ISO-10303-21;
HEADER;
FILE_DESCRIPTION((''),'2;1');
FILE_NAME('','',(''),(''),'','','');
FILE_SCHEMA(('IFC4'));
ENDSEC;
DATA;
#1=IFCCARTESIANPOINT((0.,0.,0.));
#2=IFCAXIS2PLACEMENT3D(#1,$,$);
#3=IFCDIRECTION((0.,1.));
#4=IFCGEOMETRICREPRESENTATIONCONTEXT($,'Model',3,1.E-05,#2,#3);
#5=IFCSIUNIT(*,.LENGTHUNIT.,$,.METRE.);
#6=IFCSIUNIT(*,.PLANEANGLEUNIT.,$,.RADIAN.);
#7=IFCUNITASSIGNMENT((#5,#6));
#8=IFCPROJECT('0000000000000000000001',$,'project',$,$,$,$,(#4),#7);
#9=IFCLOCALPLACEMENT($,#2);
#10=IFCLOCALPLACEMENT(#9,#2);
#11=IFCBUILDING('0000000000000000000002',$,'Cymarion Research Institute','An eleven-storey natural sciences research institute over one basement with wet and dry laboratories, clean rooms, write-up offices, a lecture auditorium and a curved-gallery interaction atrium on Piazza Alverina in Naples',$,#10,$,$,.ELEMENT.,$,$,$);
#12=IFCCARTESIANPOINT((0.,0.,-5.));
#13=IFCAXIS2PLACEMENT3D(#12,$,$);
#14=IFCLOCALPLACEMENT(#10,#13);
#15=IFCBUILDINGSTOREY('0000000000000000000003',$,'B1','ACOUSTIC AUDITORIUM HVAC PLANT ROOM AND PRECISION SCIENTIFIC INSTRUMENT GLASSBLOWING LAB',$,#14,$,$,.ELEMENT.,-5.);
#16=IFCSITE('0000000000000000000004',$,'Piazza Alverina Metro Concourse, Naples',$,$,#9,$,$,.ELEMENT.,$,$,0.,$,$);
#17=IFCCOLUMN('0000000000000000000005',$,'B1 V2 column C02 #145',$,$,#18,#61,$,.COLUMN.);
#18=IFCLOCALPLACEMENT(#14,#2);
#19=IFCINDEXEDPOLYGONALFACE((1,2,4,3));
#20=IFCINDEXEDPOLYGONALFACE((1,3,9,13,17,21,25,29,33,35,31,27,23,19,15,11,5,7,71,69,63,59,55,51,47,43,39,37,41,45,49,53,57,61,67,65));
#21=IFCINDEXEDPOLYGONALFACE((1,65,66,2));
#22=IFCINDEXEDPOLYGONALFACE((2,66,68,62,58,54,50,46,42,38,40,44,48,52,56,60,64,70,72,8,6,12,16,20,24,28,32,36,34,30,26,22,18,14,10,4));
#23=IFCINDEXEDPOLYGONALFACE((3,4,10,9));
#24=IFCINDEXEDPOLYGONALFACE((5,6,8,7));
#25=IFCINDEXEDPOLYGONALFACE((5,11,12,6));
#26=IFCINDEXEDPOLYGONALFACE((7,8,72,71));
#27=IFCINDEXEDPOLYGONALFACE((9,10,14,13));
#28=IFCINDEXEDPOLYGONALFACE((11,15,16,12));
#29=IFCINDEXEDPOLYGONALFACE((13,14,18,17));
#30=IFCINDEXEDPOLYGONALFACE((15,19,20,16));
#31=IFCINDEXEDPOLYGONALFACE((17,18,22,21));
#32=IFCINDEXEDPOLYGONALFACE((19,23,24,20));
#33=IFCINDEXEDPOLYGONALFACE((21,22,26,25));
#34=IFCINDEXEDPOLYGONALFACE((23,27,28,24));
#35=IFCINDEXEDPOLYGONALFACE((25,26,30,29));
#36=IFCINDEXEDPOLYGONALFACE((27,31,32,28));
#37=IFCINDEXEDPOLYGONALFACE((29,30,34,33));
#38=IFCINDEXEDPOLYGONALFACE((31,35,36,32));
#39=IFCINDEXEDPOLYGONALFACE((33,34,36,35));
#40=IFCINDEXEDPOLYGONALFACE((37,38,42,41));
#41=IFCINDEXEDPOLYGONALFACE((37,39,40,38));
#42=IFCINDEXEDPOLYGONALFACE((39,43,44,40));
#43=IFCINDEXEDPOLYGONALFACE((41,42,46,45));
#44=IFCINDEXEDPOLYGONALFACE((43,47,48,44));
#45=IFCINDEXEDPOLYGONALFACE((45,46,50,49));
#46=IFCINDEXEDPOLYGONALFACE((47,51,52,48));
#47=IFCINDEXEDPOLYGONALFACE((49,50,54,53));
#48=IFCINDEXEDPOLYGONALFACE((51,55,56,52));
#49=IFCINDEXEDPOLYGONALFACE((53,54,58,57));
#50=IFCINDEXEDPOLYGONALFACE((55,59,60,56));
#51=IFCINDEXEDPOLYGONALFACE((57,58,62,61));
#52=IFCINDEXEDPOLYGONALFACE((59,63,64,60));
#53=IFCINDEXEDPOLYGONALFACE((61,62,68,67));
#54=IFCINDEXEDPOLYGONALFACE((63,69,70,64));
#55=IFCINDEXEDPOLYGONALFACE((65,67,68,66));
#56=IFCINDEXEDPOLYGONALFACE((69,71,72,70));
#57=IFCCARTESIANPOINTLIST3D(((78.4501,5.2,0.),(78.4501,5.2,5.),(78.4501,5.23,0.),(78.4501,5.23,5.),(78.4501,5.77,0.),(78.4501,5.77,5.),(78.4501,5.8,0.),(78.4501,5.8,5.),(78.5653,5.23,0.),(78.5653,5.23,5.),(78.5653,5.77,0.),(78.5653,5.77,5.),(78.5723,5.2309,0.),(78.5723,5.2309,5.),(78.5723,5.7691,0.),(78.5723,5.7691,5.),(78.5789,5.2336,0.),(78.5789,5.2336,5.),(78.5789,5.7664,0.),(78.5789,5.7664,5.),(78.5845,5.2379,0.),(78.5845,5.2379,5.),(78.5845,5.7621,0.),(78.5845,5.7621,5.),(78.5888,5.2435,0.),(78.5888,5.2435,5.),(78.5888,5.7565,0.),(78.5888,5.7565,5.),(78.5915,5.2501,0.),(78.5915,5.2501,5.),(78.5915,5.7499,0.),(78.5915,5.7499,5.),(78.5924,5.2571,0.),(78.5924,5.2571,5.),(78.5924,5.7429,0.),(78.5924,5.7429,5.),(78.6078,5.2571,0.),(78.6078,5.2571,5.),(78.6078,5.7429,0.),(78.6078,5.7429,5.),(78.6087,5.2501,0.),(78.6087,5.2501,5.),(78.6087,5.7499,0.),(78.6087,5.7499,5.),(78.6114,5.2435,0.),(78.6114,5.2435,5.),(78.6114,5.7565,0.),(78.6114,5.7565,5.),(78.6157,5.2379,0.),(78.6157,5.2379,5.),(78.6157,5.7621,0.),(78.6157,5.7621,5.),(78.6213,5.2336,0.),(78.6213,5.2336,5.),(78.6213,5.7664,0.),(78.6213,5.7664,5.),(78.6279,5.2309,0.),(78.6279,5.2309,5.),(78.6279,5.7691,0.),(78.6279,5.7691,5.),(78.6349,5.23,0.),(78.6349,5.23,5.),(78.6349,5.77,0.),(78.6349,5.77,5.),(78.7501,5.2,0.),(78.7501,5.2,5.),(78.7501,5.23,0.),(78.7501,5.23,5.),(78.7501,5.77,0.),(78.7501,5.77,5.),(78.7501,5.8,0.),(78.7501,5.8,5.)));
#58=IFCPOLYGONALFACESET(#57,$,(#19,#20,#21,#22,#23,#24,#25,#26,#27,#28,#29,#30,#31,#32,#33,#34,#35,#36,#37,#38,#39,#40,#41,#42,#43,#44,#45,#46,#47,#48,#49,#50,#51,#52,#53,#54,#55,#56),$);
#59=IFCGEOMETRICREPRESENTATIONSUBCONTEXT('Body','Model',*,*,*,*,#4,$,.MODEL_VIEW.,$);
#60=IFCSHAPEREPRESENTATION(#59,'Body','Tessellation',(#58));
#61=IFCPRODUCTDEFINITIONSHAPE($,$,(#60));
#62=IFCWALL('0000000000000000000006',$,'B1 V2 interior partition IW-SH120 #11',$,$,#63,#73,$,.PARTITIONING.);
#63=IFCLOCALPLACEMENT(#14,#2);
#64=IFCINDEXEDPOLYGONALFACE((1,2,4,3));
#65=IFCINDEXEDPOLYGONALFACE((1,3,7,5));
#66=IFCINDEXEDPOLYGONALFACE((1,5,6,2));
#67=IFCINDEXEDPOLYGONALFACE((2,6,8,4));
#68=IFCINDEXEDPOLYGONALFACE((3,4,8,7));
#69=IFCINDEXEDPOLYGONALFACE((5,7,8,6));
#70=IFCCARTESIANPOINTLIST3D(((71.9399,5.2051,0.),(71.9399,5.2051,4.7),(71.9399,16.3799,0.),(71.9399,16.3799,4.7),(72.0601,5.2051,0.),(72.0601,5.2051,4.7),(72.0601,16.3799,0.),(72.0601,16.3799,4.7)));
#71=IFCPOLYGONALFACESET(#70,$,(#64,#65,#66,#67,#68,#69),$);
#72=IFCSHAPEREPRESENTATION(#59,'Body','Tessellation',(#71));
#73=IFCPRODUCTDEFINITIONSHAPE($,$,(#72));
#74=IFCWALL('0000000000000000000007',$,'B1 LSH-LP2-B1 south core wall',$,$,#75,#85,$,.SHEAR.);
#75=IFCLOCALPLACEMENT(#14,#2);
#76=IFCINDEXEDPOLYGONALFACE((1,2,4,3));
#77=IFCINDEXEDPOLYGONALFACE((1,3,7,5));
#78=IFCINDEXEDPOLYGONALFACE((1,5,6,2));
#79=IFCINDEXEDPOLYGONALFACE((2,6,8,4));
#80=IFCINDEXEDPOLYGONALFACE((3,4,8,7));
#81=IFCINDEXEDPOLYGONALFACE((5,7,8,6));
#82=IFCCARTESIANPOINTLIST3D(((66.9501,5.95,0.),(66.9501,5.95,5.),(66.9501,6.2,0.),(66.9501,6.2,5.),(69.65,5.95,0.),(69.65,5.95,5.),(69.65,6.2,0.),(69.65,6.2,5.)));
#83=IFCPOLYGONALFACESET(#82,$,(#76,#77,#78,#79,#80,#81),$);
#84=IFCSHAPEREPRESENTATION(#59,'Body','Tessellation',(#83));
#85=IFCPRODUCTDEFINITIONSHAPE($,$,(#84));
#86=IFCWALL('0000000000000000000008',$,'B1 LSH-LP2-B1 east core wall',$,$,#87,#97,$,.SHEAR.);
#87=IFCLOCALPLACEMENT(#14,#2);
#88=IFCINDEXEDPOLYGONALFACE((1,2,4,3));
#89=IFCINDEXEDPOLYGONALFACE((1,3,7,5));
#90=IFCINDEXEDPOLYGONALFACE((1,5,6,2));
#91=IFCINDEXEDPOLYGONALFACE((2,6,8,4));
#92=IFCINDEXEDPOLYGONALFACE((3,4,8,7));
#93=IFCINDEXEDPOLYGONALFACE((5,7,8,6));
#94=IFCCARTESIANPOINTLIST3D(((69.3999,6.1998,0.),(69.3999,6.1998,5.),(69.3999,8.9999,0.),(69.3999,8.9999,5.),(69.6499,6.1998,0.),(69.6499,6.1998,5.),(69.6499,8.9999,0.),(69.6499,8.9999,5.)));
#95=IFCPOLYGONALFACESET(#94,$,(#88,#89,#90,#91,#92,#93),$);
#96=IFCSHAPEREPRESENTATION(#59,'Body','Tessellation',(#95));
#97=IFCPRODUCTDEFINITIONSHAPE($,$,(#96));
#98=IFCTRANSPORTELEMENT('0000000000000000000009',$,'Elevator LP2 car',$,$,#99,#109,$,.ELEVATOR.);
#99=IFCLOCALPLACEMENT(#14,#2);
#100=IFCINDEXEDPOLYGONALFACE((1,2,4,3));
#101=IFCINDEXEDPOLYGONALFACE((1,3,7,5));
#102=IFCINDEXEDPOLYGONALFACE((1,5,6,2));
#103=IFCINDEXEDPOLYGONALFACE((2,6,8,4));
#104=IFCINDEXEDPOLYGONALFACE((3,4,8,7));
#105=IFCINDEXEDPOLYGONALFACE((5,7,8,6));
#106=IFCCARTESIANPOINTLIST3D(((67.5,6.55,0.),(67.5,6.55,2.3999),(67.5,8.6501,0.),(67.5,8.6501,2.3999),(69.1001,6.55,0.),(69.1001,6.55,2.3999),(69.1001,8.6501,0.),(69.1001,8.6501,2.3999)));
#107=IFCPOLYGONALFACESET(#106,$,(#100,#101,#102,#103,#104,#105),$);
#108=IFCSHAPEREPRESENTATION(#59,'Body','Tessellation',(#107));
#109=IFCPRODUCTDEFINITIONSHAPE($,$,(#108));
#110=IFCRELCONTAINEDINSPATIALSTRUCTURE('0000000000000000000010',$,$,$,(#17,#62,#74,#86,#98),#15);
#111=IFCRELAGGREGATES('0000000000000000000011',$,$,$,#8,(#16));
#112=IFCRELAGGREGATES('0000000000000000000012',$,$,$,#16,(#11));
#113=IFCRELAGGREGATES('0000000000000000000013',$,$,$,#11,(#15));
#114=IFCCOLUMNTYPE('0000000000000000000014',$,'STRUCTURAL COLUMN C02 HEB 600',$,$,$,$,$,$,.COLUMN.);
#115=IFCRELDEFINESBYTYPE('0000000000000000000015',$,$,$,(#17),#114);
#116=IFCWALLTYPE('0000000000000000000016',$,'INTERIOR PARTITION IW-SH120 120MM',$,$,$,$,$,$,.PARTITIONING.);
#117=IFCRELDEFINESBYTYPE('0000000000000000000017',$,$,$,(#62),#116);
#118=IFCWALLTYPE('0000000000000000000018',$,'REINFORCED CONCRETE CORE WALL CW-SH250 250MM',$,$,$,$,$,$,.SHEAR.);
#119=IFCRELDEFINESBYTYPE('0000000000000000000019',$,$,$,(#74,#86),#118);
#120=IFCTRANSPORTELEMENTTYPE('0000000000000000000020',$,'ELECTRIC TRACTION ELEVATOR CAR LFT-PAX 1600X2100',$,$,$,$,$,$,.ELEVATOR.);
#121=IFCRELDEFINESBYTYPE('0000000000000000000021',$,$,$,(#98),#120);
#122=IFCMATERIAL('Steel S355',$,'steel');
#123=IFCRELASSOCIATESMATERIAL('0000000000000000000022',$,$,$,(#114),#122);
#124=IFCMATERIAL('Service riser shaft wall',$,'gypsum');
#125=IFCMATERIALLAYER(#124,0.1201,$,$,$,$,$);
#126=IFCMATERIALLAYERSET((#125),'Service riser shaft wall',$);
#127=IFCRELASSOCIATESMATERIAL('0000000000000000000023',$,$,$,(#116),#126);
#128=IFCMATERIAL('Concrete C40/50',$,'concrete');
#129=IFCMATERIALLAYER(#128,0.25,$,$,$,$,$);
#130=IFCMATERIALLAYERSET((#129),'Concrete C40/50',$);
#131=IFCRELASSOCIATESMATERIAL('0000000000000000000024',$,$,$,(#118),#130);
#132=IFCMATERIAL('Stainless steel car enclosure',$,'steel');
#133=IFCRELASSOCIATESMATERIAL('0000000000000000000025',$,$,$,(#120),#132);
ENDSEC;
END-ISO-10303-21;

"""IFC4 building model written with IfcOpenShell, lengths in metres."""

from ifc_helpers import new_model, si_unit, direction, frame, frame_2d, origin, origin_2d, place, context, subcontext, project, spatial, rectangle, i_section, extrude, material, layer, layer_set, material_profile, profile_set, type_object, element, save


model = new_model("IFC4")

# Units and contexts
model_context = context("Model", 3, precision=1e-05, world=origin(), true_north=direction((0.0, 1.0)))
body_context = subcontext(model_context, "Body", "Model", "MODEL_VIEW")
ifc_project = project(units=[si_unit("LENGTHUNIT", "METRE"), si_unit("PLANEANGLEUNIT", "RADIAN")], contexts=[model_context])

# Site, building, storey
site_placement = place(None, origin())
site = spatial("IfcSite", under=ifc_project, at=site_placement, Name="Piazza Alverina Metro Concourse, Naples", CompositionType="ELEMENT", RefElevation=0.0)
building_placement = place(site_placement, origin())
building = spatial("IfcBuilding", under=site, at=building_placement, Name="Cymarion Research Institute", Description="An eleven-storey natural sciences research institute over one basement with wet and dry laboratories, clean rooms, write-up offices, a lecture auditorium and a curved-gallery interaction atrium on Piazza Alverina in Naples", CompositionType="ELEMENT")
storey_placement = place(building_placement, frame((0.0, 0.0, -5.0)))
storey = spatial("IfcBuildingStorey", under=building, at=storey_placement, Name="B1", Description="ACOUSTIC AUDITORIUM HVAC PLANT ROOM AND PRECISION SCIENTIFIC INSTRUMENT GLASSBLOWING LAB", CompositionType="ELEMENT", Elevation=-5.0)

# Column
ifc_material_1 = material(Name="Concrete C40/50", Category="concrete")
ifc_material_2 = material(Name="Steel S355", Category="steel")
ifc_material_profile_1 = material_profile(ifc_material_2, i_section(OverallWidth=0.3, OverallDepth=0.6001, WebThickness=0.0154, FlangeThickness=0.03, FilletRadius=0.0271, at=origin_2d()), Name="HEB 600")
ifc_profile_set_1 = profile_set([ifc_material_profile_1], Name="Steel S355")
column_type_1 = type_object("IfcColumnType", Name="STRUCTURAL COLUMN C02 HEB 600", PredefinedType="COLUMN", material=ifc_profile_set_1)
for number, where, z_axis, x_axis, name in (
    (1, (78.6001, 5.5, 0.0), (0.0, 0.0, 1.0), (1.0, 0.0, 0.0), "B1 V2 column C02 #145"),
):
    element("IfcColumn", number, at=place(storey_placement, frame(where, z_axis=z_axis, x_axis=x_axis)), inside=storey, type_object=column_type_1, Name=name, PredefinedType="COLUMN", context=body_context, shape_type="SweptSolid", body=[
        extrude(i_section(OverallWidth=0.3, OverallDepth=0.6001, WebThickness=0.0154, FlangeThickness=0.03, FilletRadius=0.0271, at=origin_2d()), origin(), (0.0, 0.0, 1.0), 5.0),
    ])

# Walls
ifc_material_3 = material(Name="Service riser shaft wall", Category="gypsum")
ifc_layer_1 = layer(ifc_material_3, 0.1201)
ifc_layer_set_1 = layer_set([ifc_layer_1], Name="Service riser shaft wall")
wall_type_1 = type_object("IfcWallType", Name="INTERIOR PARTITION IW-SH120 120MM", PredefinedType="PARTITIONING", material=ifc_layer_set_1)
wall_1_placement = place(storey_placement, frame((72.0, 5.2051, 0.0), z_axis=(0.0, 0.0, 1.0), x_axis=(0.0, 1.0, 0.0)))
element("IfcWall", 2, at=wall_1_placement, inside=storey, type_object=wall_type_1, Name="B1 V2 interior partition IW-SH120 #11", PredefinedType="PARTITIONING", context=body_context, shape_type="SweptSolid", body=[
    extrude(rectangle(XDim=11.1748, YDim=0.1201, at=frame_2d((5.5874, 0.0))), origin(), (0.0, 0.0, 1.0), 4.7),
])
ifc_layer_2 = layer(ifc_material_1, 0.25)
ifc_layer_set_2 = layer_set([ifc_layer_2], Name="Concrete C40/50")
wall_type_2 = type_object("IfcWallType", Name="REINFORCED CONCRETE CORE WALL CW-SH250 250MM", PredefinedType="SHEAR", material=ifc_layer_set_2)
wall_2_placement = place(storey_placement, frame((66.95, 6.075, 0.0), z_axis=(0.0, 0.0, 1.0), x_axis=(1.0, 0.0, 0.0)))
element("IfcWall", 3, at=wall_2_placement, inside=storey, type_object=wall_type_2, Name="B1 LSH-LP2-B1 south core wall", PredefinedType="SHEAR", context=body_context, shape_type="SweptSolid", body=[
    extrude(rectangle(XDim=2.7, YDim=0.25, at=frame_2d((1.3501, 0.0))), origin(), (0.0, 0.0, 1.0), 5.0),
])
wall_3_placement = place(storey_placement, frame((69.5249, 6.2, 0.0), z_axis=(0.0, 0.0, 1.0), x_axis=(0.0, 1.0, 0.0)))
element("IfcWall", 4, at=wall_3_placement, inside=storey, type_object=wall_type_2, Name="B1 LSH-LP2-B1 east core wall", PredefinedType="SHEAR", context=body_context, shape_type="SweptSolid", body=[
    extrude(rectangle(XDim=2.8, YDim=0.25, at=frame_2d((1.3999, 0.0))), origin(), (0.0, 0.0, 1.0), 5.0),
])

# Transport element
ifc_material_4 = material(Name="Stainless steel car enclosure", Category="steel")
transport_element_type = type_object("IfcTransportElementType", Name="ELECTRIC TRACTION ELEVATOR CAR LFT-PAX 1600X2100", PredefinedType="ELEVATOR", material=ifc_material_4)
transport_element_placement = place(storey_placement, frame((68.3, 7.6001, 0.0), z_axis=(0.0, 0.0, 1.0), x_axis=(1.0, 0.0, 0.0)))
element("IfcTransportElement", 5, at=transport_element_placement, inside=storey, type_object=transport_element_type, Name="Elevator LP2 car", PredefinedType="ELEVATOR", context=body_context, shape_type="SweptSolid", body=[
    extrude(rectangle(XDim=1.6001, YDim=2.1001, at=origin_2d()), origin(), (0.0, 0.0, 1.0), 2.3999),
])

save(model, "model.ifc")
